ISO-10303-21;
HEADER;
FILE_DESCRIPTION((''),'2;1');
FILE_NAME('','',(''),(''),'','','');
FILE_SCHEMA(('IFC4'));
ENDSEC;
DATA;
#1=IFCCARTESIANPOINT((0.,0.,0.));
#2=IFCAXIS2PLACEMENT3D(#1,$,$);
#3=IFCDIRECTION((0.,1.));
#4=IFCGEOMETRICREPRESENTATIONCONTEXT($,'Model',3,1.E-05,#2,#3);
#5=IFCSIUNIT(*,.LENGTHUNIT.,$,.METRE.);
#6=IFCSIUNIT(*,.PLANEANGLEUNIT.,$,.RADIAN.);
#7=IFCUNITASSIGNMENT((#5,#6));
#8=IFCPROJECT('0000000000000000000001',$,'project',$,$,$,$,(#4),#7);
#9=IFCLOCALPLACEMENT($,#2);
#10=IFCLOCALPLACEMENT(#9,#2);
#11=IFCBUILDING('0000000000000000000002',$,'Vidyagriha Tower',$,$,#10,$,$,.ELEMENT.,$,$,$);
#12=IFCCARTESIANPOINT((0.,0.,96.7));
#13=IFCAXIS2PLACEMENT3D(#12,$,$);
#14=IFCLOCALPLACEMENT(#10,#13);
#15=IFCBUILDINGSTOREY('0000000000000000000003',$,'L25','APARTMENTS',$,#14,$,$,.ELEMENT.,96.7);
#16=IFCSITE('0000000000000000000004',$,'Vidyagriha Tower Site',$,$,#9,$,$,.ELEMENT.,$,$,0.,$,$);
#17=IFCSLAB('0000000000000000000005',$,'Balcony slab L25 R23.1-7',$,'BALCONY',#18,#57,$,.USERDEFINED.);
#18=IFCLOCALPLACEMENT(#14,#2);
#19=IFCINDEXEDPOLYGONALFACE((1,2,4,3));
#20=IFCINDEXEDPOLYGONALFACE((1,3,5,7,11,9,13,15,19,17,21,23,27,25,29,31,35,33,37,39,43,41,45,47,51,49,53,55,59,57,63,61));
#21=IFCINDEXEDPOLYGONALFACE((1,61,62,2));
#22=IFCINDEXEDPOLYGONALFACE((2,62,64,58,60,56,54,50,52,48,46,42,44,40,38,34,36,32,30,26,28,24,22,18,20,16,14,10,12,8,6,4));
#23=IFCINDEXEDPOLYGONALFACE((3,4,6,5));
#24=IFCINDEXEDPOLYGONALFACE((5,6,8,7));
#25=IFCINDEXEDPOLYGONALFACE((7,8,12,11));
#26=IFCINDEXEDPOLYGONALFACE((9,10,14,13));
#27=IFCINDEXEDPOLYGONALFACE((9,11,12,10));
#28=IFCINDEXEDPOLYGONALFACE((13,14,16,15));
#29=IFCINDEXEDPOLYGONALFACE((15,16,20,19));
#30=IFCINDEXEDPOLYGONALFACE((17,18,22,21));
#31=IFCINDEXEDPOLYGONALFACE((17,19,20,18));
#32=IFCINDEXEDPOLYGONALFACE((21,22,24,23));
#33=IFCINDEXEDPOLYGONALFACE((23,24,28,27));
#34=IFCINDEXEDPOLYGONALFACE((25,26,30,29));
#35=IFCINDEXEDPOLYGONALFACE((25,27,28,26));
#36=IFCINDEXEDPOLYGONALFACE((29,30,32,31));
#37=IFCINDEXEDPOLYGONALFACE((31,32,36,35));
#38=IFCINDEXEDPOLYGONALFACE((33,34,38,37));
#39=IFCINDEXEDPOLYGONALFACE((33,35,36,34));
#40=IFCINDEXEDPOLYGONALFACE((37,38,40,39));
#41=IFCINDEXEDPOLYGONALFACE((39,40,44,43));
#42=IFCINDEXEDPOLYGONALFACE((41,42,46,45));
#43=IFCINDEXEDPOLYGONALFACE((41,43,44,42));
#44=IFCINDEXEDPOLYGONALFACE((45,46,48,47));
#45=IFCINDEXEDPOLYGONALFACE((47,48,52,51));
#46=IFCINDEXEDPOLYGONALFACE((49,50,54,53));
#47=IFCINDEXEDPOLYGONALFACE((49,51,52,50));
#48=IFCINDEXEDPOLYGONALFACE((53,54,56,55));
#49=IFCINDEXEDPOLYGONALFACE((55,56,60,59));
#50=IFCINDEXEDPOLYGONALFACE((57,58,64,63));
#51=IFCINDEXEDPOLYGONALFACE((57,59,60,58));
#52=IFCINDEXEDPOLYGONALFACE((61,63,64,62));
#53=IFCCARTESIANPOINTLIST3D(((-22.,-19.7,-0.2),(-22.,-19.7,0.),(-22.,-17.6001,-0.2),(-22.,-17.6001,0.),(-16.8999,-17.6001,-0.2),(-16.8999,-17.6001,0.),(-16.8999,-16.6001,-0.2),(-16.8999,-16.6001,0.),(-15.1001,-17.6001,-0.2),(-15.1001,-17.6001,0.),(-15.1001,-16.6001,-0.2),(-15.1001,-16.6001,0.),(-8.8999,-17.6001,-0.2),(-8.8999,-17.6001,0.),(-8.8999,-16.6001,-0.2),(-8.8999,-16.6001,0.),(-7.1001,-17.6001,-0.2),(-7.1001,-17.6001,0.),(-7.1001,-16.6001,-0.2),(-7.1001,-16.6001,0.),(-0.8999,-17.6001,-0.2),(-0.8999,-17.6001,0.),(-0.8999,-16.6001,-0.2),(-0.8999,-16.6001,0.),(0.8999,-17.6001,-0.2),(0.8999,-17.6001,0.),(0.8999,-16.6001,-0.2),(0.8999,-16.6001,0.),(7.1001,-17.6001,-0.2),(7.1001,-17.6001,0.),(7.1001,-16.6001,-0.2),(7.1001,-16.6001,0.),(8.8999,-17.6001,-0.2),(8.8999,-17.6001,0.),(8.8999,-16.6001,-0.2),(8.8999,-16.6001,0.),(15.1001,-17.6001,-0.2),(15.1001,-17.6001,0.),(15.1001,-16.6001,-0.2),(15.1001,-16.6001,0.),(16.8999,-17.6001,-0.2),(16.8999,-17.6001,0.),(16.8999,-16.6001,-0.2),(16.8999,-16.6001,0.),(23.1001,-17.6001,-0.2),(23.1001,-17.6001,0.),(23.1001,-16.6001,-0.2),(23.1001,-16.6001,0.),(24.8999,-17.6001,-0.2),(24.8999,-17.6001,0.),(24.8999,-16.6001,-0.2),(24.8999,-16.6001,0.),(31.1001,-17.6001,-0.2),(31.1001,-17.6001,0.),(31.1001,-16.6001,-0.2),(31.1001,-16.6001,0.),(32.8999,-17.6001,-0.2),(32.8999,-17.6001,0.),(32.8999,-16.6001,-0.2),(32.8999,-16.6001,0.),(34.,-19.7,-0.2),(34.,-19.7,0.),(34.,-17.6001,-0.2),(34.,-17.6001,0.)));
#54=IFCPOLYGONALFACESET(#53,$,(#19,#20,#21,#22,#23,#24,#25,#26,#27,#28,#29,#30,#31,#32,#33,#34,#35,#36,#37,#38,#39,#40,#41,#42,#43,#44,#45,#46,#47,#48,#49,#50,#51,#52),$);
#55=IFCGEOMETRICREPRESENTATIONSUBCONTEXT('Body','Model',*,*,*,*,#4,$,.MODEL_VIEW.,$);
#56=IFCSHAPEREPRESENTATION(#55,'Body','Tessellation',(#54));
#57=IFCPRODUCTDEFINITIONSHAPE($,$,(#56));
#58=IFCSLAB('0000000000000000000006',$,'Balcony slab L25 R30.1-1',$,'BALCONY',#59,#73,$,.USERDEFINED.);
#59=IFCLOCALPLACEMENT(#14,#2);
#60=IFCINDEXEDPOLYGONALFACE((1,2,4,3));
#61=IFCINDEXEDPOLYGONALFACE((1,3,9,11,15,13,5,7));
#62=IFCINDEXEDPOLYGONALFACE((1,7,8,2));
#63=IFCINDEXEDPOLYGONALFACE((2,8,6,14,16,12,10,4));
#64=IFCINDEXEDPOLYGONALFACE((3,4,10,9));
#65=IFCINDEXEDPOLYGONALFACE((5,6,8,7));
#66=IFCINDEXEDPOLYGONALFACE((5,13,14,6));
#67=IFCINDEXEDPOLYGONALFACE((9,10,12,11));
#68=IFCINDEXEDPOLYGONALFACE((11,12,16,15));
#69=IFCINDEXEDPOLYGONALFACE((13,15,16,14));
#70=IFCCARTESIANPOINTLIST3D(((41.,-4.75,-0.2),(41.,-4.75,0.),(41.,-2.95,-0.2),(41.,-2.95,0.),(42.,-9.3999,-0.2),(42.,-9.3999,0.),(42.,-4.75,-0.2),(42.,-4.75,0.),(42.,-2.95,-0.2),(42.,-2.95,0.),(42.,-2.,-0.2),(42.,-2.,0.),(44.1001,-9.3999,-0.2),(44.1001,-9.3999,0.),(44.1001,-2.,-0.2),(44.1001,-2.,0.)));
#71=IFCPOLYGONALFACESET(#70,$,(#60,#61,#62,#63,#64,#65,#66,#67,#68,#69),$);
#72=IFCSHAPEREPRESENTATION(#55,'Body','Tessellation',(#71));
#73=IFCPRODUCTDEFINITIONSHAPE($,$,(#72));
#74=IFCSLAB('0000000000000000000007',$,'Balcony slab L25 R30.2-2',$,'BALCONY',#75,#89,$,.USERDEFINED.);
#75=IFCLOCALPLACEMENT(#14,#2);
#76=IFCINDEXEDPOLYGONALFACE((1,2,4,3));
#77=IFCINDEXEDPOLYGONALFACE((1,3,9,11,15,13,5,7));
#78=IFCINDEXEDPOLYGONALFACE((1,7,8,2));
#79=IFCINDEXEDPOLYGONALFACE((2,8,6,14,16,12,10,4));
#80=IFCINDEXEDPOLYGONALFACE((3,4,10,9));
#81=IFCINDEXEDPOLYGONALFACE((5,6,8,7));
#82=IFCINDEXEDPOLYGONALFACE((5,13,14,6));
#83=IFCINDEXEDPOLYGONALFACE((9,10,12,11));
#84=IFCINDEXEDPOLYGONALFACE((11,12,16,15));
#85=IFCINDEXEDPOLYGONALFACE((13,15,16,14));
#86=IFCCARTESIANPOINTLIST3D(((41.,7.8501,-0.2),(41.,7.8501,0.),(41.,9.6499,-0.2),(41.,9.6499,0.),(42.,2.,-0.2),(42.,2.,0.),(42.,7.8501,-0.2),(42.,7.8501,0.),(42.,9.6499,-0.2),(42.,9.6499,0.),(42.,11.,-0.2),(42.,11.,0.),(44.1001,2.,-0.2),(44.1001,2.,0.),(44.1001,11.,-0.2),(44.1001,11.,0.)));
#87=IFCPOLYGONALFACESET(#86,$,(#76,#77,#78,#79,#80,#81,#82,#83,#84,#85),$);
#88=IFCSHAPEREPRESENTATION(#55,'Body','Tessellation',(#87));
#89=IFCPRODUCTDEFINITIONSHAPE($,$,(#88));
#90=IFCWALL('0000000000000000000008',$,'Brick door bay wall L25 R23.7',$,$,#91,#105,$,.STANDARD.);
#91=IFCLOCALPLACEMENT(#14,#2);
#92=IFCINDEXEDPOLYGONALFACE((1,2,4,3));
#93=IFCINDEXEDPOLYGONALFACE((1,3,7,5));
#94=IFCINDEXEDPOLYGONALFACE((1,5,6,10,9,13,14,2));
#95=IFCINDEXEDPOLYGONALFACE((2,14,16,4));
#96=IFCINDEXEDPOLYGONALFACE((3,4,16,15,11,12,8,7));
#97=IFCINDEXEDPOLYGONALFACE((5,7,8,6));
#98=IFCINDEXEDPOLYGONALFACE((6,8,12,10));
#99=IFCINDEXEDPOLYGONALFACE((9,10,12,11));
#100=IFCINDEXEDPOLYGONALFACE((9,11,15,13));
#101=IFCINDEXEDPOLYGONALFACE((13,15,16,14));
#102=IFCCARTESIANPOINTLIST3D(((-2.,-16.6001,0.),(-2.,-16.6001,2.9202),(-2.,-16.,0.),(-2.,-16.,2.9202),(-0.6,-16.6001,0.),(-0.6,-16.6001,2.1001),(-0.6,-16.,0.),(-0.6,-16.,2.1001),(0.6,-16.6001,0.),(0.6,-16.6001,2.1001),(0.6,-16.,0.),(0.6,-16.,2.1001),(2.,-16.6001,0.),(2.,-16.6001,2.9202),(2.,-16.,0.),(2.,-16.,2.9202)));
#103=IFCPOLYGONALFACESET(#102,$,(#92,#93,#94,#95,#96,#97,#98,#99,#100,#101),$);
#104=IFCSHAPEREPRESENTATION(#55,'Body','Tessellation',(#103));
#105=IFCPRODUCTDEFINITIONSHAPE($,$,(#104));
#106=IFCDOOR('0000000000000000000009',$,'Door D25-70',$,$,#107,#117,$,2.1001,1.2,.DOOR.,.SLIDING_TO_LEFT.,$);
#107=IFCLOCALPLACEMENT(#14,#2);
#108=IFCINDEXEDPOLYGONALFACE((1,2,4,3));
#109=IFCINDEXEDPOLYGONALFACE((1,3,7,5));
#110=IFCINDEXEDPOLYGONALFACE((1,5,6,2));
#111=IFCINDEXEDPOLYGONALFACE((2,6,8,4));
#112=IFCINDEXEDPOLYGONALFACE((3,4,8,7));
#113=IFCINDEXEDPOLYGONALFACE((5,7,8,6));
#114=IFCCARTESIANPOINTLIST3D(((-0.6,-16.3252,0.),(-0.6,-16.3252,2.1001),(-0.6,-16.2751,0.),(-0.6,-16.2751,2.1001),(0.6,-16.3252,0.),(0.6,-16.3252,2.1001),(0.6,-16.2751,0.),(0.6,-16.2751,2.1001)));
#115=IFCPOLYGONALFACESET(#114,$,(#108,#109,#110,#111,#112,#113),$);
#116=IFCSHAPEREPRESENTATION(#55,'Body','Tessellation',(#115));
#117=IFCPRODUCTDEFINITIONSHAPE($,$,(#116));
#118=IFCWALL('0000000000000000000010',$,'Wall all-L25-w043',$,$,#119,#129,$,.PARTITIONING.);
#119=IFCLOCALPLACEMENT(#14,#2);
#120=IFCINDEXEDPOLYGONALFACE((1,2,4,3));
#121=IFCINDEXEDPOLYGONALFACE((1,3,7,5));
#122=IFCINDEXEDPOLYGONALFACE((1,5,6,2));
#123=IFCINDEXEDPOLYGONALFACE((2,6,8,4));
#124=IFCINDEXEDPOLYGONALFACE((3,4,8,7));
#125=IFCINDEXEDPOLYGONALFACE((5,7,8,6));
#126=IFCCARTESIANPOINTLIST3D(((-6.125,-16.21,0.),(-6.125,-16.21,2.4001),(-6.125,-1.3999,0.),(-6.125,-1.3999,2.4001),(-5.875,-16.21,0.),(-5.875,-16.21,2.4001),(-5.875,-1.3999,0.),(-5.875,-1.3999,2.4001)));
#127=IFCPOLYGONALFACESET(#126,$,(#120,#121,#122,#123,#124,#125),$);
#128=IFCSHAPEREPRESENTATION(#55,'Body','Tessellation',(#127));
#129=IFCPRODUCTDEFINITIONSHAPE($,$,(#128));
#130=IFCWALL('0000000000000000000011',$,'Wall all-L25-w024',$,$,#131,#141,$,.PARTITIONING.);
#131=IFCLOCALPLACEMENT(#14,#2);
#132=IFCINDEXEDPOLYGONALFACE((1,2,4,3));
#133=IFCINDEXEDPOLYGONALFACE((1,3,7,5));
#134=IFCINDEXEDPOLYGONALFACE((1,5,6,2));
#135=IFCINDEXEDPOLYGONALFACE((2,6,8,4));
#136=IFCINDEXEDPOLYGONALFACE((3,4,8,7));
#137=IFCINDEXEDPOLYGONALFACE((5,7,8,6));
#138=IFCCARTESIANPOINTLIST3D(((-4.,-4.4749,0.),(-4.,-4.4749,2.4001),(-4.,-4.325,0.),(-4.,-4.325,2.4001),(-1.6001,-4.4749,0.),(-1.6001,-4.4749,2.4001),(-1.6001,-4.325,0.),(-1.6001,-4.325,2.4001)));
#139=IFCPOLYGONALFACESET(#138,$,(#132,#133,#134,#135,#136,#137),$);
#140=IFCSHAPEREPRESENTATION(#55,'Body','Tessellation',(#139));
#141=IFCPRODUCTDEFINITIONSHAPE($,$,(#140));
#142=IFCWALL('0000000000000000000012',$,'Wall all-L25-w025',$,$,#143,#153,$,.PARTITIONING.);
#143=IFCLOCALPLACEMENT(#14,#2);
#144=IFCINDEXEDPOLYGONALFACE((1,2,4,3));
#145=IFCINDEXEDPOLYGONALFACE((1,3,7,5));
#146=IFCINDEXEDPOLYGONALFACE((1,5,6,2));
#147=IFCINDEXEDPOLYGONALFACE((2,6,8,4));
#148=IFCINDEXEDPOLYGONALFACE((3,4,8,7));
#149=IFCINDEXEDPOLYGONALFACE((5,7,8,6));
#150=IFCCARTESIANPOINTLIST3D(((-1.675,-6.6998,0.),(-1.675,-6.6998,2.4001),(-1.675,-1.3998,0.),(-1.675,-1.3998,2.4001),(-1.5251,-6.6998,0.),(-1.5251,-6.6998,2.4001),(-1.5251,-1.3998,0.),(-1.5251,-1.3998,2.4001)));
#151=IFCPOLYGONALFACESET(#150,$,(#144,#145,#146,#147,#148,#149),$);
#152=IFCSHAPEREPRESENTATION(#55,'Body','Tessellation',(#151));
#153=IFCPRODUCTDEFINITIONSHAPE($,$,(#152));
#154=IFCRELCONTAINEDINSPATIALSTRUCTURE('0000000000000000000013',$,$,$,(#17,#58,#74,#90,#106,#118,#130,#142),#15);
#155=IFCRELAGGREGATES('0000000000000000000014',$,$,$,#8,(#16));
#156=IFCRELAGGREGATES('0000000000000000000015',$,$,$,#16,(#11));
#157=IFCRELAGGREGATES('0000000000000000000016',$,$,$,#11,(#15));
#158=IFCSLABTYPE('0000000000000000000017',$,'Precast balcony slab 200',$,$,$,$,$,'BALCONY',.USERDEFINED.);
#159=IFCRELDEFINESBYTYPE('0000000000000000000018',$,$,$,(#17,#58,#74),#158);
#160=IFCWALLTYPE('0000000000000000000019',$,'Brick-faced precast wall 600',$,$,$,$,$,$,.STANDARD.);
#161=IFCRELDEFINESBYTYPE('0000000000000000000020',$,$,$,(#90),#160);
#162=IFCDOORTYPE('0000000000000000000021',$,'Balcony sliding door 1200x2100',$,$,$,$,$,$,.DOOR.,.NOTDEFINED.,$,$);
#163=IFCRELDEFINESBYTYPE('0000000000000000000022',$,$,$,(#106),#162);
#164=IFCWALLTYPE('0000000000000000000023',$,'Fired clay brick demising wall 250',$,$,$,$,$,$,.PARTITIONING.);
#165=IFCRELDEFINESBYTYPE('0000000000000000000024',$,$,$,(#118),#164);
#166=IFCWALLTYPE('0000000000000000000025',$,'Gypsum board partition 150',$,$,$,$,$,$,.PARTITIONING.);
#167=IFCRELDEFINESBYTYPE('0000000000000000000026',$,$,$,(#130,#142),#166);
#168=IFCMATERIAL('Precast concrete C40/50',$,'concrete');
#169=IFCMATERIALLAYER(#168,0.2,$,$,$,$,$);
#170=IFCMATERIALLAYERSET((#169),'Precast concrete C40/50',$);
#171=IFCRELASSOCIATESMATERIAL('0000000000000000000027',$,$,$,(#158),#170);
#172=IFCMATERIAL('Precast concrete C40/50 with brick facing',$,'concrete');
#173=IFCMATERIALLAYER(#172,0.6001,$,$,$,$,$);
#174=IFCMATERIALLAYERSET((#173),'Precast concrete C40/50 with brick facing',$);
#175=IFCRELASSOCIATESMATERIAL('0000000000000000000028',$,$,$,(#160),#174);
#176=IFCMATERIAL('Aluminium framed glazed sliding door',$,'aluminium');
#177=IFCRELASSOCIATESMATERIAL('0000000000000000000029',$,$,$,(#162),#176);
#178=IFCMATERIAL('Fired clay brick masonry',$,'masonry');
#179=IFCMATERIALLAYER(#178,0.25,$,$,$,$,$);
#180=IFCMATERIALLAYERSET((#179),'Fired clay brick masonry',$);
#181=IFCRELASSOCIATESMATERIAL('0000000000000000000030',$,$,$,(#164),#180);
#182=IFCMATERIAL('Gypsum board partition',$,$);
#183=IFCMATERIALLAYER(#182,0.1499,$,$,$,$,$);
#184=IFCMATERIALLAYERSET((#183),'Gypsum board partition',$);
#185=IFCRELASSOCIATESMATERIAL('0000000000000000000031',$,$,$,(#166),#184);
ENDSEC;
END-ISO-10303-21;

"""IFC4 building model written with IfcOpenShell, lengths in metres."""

from ifc_helpers import new_model, si_unit, direction, frame, frame_2d, origin, place, context, subcontext, project, spatial, polyline, rectangle, outline, extrude, material, layer, layer_set, type_object, element, fill, save


model = new_model("IFC4")

# Units and contexts
model_context = context("Model", 3, precision=1e-05, world=origin(), true_north=direction((0.0, 1.0)))
body_context = subcontext(model_context, "Body", "Model", "MODEL_VIEW")
ifc_project = project(units=[si_unit("LENGTHUNIT", "METRE"), si_unit("PLANEANGLEUNIT", "RADIAN")], contexts=[model_context])

# Site, building, storey
site_placement = place(None, origin())
site = spatial("IfcSite", under=ifc_project, at=site_placement, Name="Vidyagriha Tower Site", CompositionType="ELEMENT", RefElevation=0.0)
building_placement = place(site_placement, origin())
building = spatial("IfcBuilding", under=site, at=building_placement, Name="Vidyagriha Tower", CompositionType="ELEMENT")
storey_placement = place(building_placement, frame((0.0, 0.0, 96.7)))
storey = spatial("IfcBuildingStorey", under=building, at=storey_placement, Name="L25", Description="APARTMENTS", CompositionType="ELEMENT", Elevation=96.7)

# Slabs
ifc_material_1 = material(Name="Precast concrete C40/50", Category="concrete")
ifc_layer_1 = layer(ifc_material_1, 0.2)
ifc_layer_set_1 = layer_set([ifc_layer_1], Name="Precast concrete C40/50")
slab_type_1 = type_object("IfcSlabType", Name="Precast balcony slab 200", ElementType="BALCONY", PredefinedType="USERDEFINED", material=ifc_layer_set_1)
slab_1_placement = place(storey_placement, frame((0.0, 0.0, -0.2)))
element("IfcSlab", 1, at=slab_1_placement, inside=storey, type_object=slab_type_1, Name="Balcony slab L25 R23.1-7", ObjectType="BALCONY", PredefinedType="USERDEFINED", context=body_context, shape_type="SweptSolid", body=[
    extrude(outline(polyline([(-15.1001, -16.6001), (-16.8999, -16.6001), (-16.8999, -17.6001), (-22.0, -17.6001), (-22.0, -19.7), (34.0, -19.7), (34.0, -17.6001), (32.8999, -17.6001), (32.8999, -16.6001), (31.1001, -16.6001), (31.1001, -17.6001), (24.8999, -17.6001), (24.8999, -16.6001), (23.1001, -16.6001), (23.1001, -17.6001), (16.8999, -17.6001), (16.8999, -16.6001), (15.1001, -16.6001), (15.1001, -17.6001), (8.8999, -17.6001), (8.8999, -16.6001), (7.1001, -16.6001), (7.1001, -17.6001), (0.8999, -17.6001), (0.8999, -16.6001), (-0.8999, -16.6001), (-0.8999, -17.6001), (-7.1001, -17.6001), (-7.1001, -16.6001), (-8.8999, -16.6001), (-8.8999, -17.6001), (-15.1001, -17.6001), (-15.1001, -16.6001)])), origin(), (0.0, 0.0, 1.0), 0.2),
])
slab_2_placement = place(storey_placement, frame((0.0, 0.0, -0.2)))
element("IfcSlab", 2, at=slab_2_placement, inside=storey, type_object=slab_type_1, Name="Balcony slab L25 R30.1-1", ObjectType="BALCONY", PredefinedType="USERDEFINED", context=body_context, shape_type="SweptSolid", body=[
    extrude(outline(polyline([(42.0, -4.75), (42.0, -9.3999), (44.1001, -9.3999), (44.1001, -2.0), (42.0, -2.0), (42.0, -2.95), (41.0, -2.95), (41.0, -4.75), (42.0, -4.75)])), origin(), (0.0, 0.0, 1.0), 0.2),
])
slab_3_placement = place(storey_placement, frame((0.0, 0.0, -0.2)))
element("IfcSlab", 3, at=slab_3_placement, inside=storey, type_object=slab_type_1, Name="Balcony slab L25 R30.2-2", ObjectType="BALCONY", PredefinedType="USERDEFINED", context=body_context, shape_type="SweptSolid", body=[
    extrude(outline(polyline([(42.0, 7.8501), (42.0, 2.0), (44.1001, 2.0), (44.1001, 11.0), (42.0, 11.0), (42.0, 9.6499), (41.0, 9.6499), (41.0, 7.8501), (42.0, 7.8501)])), origin(), (0.0, 0.0, 1.0), 0.2),
])

# Wall, opening, door
ifc_material_2 = material(Name="Precast concrete C40/50 with brick facing", Category="concrete")
ifc_layer_2 = layer(ifc_material_2, 0.6001)
ifc_layer_set_2 = layer_set([ifc_layer_2], Name="Precast concrete C40/50 with brick facing")
wall_type_1 = type_object("IfcWallType", Name="Brick-faced precast wall 600", PredefinedType="STANDARD", material=ifc_layer_set_2)
wall_1_placement = place(storey_placement, frame((-2.0, -16.3, 0.0)))
wall_1 = element("IfcWall", 4, at=wall_1_placement, inside=storey, type_object=wall_type_1, Name="Brick door bay wall L25 R23.7", PredefinedType="STANDARD", context=body_context, shape_type="SweptSolid", body=[
    extrude(rectangle(XDim=4.0, YDim=0.6001, at=frame_2d((2.0, 0.0))), origin(), (0.0, 0.0, 1.0), 2.9202),
])
opening_1_placement = place(wall_1_placement, frame((1.3999, 0.0, 0.0)))
opening_1 = element("IfcOpeningElement", 5, at=opening_1_placement, cuts=wall_1, PredefinedType="OPENING", context=body_context, shape_type="SweptSolid", body=[
    extrude(rectangle(XDim=1.2, YDim=2.1001, at=frame_2d((0.6001, 1.05))), frame((0.0, 0.3101, 0.0), z_axis=(0.0, -1.0, 0.0), x_axis=(1.0, 0.0, 0.0)), (0.0, 0.0, 1.0), 0.6201),
])
ifc_material_3 = material(Name="Aluminium framed glazed sliding door", Category="aluminium")
door_type_1 = type_object("IfcDoorType", Name="Balcony sliding door 1200x2100", OperationType="NOTDEFINED", PredefinedType="DOOR", material=ifc_material_3)
door_1_placement = place(opening_1_placement, origin())
door_1 = element("IfcDoor", 6, at=door_1_placement, inside=storey, type_object=door_type_1, Name="Door D25-70", OperationType="SLIDING_TO_LEFT", OverallHeight=2.1001, OverallWidth=1.2, PredefinedType="DOOR", context=body_context, shape_type="SweptSolid", body=[
    extrude(rectangle(XDim=1.2, YDim=2.1001, at=frame_2d((0.6001, 1.05))), frame((0.0, 0.0249, 0.0), z_axis=(0.0, -1.0, 0.0), x_axis=(1.0, 0.0, 0.0)), (0.0, 0.0, 1.0), 0.05),
])
fill(opening_1, door_1)

# Walls
ifc_material_4 = material(Name="Fired clay brick masonry", Category="masonry")
ifc_layer_3 = layer(ifc_material_4, 0.25)
ifc_layer_set_3 = layer_set([ifc_layer_3], Name="Fired clay brick masonry")
wall_type_2 = type_object("IfcWallType", Name="Fired clay brick demising wall 250", PredefinedType="PARTITIONING", material=ifc_layer_set_3)
wall_2_placement = place(storey_placement, frame((-6.0, -1.3999, 0.0), z_axis=(0.0, 0.0, 1.0), x_axis=(0.0, -1.0, 0.0)))
element("IfcWall", 7, at=wall_2_placement, inside=storey, type_object=wall_type_2, Name="Wall all-L25-w043", PredefinedType="PARTITIONING", context=body_context, shape_type="SweptSolid", body=[
    extrude(rectangle(XDim=14.8101, YDim=0.25, at=frame_2d((7.405, 0.0))), origin(), (0.0, 0.0, 1.0), 2.4001),
])
ifc_material_5 = material(Name="Gypsum board partition")
ifc_layer_4 = layer(ifc_material_5, 0.1499)
ifc_layer_set_4 = layer_set([ifc_layer_4], Name="Gypsum board partition")
wall_type_3 = type_object("IfcWallType", Name="Gypsum board partition 150", PredefinedType="PARTITIONING", material=ifc_layer_set_4)
wall_3_placement = place(storey_placement, frame((-1.6001, -4.3999, 0.0), z_axis=(0.0, 0.0, 1.0), x_axis=(-1.0, 0.0, 0.0)))
element("IfcWall", 8, at=wall_3_placement, inside=storey, type_object=wall_type_3, Name="Wall all-L25-w024", PredefinedType="PARTITIONING", context=body_context, shape_type="SweptSolid", body=[
    extrude(rectangle(XDim=2.3999, YDim=0.1499, at=frame_2d((1.2, 0.0))), origin(), (0.0, 0.0, 1.0), 2.4001),
])
wall_4_placement = place(storey_placement, frame((-1.6001, -1.3999, 0.0), z_axis=(0.0, 0.0, 1.0), x_axis=(0.0, -1.0, 0.0)))
element("IfcWall", 9, at=wall_4_placement, inside=storey, type_object=wall_type_3, Name="Wall all-L25-w025", PredefinedType="PARTITIONING", context=body_context, shape_type="SweptSolid", body=[
    extrude(rectangle(XDim=5.3, YDim=0.1499, at=frame_2d((2.6499, 0.0))), origin(), (0.0, 0.0, 1.0), 2.4001),
])

save(model, "model.ifc")
